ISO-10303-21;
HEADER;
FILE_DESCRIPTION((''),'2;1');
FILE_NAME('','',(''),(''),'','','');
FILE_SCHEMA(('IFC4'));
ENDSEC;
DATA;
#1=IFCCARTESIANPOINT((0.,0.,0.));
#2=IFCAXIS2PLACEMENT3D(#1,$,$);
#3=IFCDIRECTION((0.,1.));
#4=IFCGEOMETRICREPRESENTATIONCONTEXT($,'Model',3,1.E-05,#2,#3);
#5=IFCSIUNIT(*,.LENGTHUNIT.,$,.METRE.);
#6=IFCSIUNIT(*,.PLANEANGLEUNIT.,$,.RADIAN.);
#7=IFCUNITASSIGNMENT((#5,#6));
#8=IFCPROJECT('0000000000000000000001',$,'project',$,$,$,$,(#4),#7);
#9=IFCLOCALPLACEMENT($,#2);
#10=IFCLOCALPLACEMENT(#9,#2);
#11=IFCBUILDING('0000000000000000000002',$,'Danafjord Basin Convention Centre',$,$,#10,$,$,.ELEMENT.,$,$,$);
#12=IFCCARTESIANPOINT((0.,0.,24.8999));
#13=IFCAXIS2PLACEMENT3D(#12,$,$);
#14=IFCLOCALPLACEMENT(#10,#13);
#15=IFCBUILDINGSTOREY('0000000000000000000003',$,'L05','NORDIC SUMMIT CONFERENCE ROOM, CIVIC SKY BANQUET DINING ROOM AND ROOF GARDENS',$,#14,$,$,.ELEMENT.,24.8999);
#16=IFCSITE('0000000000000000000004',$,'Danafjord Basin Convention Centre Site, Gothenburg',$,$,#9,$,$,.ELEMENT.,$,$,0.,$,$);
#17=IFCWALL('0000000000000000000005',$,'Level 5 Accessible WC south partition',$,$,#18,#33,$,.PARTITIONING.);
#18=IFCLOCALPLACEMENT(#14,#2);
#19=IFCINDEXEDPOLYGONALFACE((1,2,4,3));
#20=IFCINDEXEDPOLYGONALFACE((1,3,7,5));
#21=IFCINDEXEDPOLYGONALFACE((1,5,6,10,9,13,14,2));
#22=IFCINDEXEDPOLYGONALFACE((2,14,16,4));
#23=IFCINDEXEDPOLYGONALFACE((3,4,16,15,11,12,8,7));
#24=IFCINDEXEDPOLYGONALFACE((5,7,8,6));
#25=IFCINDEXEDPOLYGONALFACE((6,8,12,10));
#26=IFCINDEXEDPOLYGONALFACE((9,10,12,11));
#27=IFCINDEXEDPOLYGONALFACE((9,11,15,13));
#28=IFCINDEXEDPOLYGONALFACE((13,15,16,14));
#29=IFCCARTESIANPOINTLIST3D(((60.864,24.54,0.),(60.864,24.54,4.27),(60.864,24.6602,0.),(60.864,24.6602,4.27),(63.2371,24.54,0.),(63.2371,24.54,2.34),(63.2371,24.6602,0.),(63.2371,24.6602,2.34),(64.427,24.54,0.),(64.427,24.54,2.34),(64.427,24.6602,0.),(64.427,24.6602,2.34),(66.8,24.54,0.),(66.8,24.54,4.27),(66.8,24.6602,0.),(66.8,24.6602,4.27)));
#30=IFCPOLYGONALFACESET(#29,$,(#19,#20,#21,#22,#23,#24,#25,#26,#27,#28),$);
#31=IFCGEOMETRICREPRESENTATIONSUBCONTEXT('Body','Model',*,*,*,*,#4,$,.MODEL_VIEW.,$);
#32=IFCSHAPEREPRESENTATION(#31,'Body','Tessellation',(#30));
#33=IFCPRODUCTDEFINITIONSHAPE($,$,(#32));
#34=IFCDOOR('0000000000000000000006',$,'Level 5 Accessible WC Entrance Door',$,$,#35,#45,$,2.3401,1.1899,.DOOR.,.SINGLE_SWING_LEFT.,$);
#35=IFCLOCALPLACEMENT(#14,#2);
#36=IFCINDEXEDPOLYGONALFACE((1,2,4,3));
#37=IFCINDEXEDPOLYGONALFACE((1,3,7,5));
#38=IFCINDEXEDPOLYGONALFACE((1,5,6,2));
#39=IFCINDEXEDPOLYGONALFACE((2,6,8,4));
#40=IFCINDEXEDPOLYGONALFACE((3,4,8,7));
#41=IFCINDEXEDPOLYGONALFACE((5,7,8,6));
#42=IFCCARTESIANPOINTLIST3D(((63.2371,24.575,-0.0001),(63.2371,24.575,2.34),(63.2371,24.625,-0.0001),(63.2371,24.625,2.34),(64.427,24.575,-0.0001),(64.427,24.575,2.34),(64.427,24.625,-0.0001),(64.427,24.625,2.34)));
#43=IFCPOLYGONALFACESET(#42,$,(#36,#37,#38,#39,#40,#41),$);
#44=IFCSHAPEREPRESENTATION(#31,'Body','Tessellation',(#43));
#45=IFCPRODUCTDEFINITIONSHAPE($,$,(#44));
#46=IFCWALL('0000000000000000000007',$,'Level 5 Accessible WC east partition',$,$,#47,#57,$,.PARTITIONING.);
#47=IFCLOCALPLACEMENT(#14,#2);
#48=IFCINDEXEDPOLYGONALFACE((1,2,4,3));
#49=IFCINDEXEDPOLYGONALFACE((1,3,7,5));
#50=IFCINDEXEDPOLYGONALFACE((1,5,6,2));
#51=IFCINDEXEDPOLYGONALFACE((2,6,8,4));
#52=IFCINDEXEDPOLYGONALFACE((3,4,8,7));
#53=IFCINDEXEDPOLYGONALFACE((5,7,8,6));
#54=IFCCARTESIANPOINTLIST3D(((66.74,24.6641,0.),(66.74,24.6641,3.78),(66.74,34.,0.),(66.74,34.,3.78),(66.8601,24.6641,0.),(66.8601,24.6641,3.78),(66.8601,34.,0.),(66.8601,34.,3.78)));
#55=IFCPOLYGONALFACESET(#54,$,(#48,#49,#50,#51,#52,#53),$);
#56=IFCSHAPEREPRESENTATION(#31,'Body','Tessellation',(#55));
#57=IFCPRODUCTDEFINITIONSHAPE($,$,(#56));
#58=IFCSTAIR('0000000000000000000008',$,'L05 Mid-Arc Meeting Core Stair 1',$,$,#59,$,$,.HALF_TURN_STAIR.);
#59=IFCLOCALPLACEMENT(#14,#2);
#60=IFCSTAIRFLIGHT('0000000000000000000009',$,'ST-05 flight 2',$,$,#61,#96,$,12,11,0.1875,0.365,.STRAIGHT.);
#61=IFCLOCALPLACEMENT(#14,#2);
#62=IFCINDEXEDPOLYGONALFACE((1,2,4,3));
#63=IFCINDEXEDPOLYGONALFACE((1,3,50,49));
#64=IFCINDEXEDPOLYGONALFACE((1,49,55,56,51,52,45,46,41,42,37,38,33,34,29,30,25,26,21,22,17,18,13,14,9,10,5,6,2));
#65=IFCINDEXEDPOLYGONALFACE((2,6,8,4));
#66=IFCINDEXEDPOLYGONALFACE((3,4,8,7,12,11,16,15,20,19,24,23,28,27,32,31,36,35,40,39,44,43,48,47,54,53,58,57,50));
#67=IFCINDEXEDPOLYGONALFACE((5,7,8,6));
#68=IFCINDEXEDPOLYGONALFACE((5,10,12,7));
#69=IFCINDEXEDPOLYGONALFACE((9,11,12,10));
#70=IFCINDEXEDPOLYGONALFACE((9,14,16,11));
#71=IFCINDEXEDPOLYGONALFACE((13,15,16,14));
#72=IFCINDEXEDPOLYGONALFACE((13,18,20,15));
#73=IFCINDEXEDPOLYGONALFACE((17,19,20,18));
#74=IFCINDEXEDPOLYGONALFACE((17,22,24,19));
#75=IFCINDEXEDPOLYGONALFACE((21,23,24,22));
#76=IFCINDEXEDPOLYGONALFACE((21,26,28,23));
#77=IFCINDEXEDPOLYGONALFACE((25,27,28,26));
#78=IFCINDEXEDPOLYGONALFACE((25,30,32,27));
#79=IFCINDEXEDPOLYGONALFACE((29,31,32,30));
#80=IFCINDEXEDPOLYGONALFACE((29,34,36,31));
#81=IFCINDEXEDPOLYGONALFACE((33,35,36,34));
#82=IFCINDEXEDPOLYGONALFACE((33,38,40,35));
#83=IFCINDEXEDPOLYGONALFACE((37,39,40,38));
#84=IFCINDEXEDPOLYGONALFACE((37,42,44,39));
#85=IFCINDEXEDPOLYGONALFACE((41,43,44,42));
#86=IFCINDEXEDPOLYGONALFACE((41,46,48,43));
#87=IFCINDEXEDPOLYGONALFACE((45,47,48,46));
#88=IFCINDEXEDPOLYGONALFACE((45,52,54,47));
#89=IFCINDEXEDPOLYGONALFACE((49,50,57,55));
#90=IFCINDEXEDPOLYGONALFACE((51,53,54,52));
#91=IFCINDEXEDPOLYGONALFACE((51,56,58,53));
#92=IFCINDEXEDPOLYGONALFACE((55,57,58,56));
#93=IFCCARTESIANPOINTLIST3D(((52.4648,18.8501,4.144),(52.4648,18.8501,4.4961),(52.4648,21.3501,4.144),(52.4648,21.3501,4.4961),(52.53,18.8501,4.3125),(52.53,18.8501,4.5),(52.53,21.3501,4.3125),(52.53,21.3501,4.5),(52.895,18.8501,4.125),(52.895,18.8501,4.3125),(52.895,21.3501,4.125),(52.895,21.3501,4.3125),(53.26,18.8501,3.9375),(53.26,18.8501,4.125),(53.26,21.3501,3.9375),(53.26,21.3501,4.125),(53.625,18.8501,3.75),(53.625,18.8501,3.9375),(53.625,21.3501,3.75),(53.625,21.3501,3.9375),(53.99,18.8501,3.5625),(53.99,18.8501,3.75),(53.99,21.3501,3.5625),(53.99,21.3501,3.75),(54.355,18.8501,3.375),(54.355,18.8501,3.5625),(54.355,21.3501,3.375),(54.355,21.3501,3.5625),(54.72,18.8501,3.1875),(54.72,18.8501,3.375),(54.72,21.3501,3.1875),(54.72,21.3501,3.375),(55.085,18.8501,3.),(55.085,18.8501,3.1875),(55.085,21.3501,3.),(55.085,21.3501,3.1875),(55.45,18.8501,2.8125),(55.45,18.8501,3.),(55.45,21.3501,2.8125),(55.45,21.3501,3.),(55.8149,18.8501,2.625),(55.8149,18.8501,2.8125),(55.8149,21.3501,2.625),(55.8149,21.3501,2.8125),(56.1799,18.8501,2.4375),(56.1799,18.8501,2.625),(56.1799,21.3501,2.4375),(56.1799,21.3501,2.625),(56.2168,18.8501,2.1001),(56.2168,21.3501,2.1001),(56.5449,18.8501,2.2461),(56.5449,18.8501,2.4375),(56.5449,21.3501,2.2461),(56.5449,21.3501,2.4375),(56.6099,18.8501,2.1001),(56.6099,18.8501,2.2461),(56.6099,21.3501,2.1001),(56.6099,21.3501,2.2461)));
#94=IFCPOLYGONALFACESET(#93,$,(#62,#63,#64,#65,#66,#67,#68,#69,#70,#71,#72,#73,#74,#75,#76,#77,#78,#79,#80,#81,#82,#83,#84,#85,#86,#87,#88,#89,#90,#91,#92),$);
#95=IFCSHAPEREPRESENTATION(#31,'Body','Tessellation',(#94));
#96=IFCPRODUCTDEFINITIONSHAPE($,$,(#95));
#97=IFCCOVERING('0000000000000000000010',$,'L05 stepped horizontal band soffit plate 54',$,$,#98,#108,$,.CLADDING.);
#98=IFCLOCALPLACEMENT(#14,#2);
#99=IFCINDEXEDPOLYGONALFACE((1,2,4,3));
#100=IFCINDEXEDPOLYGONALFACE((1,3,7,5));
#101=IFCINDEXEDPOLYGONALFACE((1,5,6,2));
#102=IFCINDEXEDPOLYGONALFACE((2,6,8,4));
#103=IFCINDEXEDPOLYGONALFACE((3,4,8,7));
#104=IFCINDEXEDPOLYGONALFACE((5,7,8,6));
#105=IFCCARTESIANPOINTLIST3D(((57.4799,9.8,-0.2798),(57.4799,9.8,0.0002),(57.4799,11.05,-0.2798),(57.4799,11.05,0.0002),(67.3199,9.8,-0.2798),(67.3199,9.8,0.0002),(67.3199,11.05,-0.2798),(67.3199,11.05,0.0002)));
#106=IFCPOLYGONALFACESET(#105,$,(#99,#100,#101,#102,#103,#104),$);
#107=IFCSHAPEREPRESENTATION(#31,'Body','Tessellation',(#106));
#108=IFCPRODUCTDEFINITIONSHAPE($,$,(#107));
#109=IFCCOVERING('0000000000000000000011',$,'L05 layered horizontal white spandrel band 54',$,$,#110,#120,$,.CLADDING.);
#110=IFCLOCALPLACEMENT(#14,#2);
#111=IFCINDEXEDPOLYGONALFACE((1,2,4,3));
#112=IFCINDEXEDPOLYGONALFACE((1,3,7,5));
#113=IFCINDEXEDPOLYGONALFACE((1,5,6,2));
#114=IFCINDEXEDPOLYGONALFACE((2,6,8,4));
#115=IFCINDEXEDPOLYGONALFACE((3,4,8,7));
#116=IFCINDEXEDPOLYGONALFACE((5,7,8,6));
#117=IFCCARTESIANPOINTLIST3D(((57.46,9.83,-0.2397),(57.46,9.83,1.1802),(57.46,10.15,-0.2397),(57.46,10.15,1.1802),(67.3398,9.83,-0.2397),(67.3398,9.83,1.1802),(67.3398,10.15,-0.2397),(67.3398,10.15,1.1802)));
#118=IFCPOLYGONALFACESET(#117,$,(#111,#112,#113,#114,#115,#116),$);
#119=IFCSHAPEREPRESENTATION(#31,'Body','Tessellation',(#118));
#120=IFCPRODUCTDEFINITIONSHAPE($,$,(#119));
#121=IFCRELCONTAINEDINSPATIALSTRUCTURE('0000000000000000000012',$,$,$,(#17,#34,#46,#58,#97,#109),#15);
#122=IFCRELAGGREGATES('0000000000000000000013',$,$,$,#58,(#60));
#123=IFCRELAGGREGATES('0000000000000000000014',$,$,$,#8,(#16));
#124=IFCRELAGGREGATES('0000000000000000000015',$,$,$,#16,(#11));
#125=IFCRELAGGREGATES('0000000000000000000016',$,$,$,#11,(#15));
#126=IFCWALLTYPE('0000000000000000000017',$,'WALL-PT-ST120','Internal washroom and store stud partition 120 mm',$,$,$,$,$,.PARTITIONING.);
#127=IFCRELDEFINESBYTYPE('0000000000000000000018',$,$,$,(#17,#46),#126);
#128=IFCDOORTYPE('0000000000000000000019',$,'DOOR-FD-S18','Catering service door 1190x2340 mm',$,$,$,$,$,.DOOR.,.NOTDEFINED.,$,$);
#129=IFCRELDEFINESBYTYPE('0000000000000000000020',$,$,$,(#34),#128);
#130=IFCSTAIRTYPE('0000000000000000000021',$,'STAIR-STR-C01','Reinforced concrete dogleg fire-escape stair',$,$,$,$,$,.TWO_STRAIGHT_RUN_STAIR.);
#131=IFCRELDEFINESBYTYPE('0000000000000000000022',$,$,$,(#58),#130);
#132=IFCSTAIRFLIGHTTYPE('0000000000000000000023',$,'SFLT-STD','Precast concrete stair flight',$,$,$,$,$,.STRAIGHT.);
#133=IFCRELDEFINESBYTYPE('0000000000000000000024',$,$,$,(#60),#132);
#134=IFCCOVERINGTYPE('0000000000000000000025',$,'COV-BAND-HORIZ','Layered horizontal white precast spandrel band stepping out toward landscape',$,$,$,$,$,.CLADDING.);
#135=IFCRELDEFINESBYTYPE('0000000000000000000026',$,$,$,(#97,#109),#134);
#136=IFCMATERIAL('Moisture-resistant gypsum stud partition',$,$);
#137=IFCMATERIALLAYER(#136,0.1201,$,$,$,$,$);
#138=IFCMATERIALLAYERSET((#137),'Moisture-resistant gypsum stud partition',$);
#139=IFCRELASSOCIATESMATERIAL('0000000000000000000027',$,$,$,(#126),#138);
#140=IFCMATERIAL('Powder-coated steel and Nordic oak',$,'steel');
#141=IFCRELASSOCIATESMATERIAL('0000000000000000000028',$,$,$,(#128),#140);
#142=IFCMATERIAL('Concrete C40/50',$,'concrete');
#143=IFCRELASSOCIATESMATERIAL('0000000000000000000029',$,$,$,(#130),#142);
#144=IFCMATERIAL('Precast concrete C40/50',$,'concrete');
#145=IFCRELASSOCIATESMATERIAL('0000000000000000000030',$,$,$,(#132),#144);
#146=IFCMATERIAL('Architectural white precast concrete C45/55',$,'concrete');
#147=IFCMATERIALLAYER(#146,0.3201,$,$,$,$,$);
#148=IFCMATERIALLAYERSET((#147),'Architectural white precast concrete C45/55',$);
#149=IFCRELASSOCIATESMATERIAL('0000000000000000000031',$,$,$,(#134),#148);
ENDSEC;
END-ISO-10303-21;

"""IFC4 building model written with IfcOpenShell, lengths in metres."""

from ifc_helpers import new_model, si_unit, direction, frame, frame_2d, origin, origin_2d, place, context, subcontext, project, spatial, polyline, rectangle, outline, extrude, material, layer, layer_set, type_object, element, fill, aggregate, save


model = new_model("IFC4")

# Units and contexts
model_context = context("Model", 3, precision=1e-05, world=origin(), true_north=direction((0.0, 1.0)))
body_context = subcontext(model_context, "Body", "Model", "MODEL_VIEW")
ifc_project = project(units=[si_unit("LENGTHUNIT", "METRE"), si_unit("PLANEANGLEUNIT", "RADIAN")], contexts=[model_context])

# Site, building, storey
site_placement = place(None, origin())
site = spatial("IfcSite", under=ifc_project, at=site_placement, Name="Danafjord Basin Convention Centre Site, Gothenburg", CompositionType="ELEMENT", RefElevation=0.0)
building_placement = place(site_placement, origin())
building = spatial("IfcBuilding", under=site, at=building_placement, Name="Danafjord Basin Convention Centre", CompositionType="ELEMENT")
storey_placement = place(building_placement, frame((0.0, 0.0, 24.8999)))
storey = spatial("IfcBuildingStorey", under=building, at=storey_placement, Name="L05", Description="NORDIC SUMMIT CONFERENCE ROOM, CIVIC SKY BANQUET DINING ROOM AND ROOF GARDENS", CompositionType="ELEMENT", Elevation=24.8999)

# Shared definitions
ifc_material_1 = material(Name="Moisture-resistant gypsum stud partition")
ifc_layer_1 = layer(ifc_material_1, 0.1201)
ifc_layer_set_1 = layer_set([ifc_layer_1], Name="Moisture-resistant gypsum stud partition")
wall_type_1 = type_object("IfcWallType", Name="WALL-PT-ST120", Description="Internal washroom and store stud partition 120 mm", PredefinedType="PARTITIONING", material=ifc_layer_set_1)
ifc_material_2 = material(Name="Powder-coated steel and Nordic oak", Category="steel")

# Wall, opening, door
wall_1_placement = place(storey_placement, frame((60.864, 24.6001, 0.0), z_axis=(0.0, 0.0, 1.0), x_axis=(1.0, 0.0, 0.0)))
wall_1 = element("IfcWall", 1, at=wall_1_placement, inside=storey, type_object=wall_type_1, Name="Level 5 Accessible WC south partition", PredefinedType="PARTITIONING", context=body_context, shape_type="SweptSolid", body=[
    extrude(rectangle(XDim=5.936, YDim=0.1201, at=frame_2d((2.968, 0.0))), origin(), (0.0, 0.0, 1.0), 4.27),
])
opening_1_placement = place(wall_1_placement, frame((2.373, 0.0, 0.0)))
opening_1 = element("IfcOpeningElement", 2, at=opening_1_placement, cuts=wall_1, PredefinedType="OPENING", context=body_context, shape_type="SweptSolid", body=[
    extrude(rectangle(XDim=1.1899, YDim=2.3401, at=frame_2d((0.595, 1.1699))), frame((0.0, 0.0701, 0.0), z_axis=(0.0, -1.0, 0.0), x_axis=(1.0, 0.0, 0.0)), (0.0, 0.0, 1.0), 0.1401),
])
door_type_1 = type_object("IfcDoorType", Name="DOOR-FD-S18", Description="Catering service door 1190x2340 mm", OperationType="NOTDEFINED", PredefinedType="DOOR", material=ifc_material_2)
door_1_placement = place(opening_1_placement, origin())
door_1 = element("IfcDoor", 3, at=door_1_placement, inside=storey, type_object=door_type_1, Name="Level 5 Accessible WC Entrance Door", OperationType="SINGLE_SWING_LEFT", OverallHeight=2.3401, OverallWidth=1.1899, PredefinedType="DOOR", context=body_context, shape_type="SweptSolid", body=[
    extrude(rectangle(XDim=1.1899, YDim=2.3401, at=frame_2d((0.595, 1.1699))), frame((0.0, 0.0249, 0.0), z_axis=(0.0, -1.0, 0.0), x_axis=(1.0, 0.0, 0.0)), (0.0, 0.0, 1.0), 0.05),
])
fill(opening_1, door_1)

# Wall
wall_2_placement = place(storey_placement, frame((66.8, 24.6641, 0.0), z_axis=(0.0, 0.0, 1.0), x_axis=(0.0, 1.0, 0.0)))
element("IfcWall", 4, at=wall_2_placement, inside=storey, type_object=wall_type_1, Name="Level 5 Accessible WC east partition", PredefinedType="PARTITIONING", context=body_context, shape_type="SweptSolid", body=[
    extrude(rectangle(XDim=9.3359, YDim=0.1201, at=frame_2d((4.668, 0.0))), origin(), (0.0, 0.0, 1.0), 3.78),
])

# Stair, stair flight
ifc_material_3 = material(Name="Concrete C40/50", Category="concrete")
stair_type = type_object("IfcStairType", Name="STAIR-STR-C01", Description="Reinforced concrete dogleg fire-escape stair", PredefinedType="TWO_STRAIGHT_RUN_STAIR", material=ifc_material_3)
stair_placement = place(storey_placement, origin())
stair = element("IfcStair", 5, at=stair_placement, inside=storey, type_object=stair_type, Name="L05 Mid-Arc Meeting Core Stair 1", PredefinedType="HALF_TURN_STAIR")
ifc_material_4 = material(Name="Precast concrete C40/50", Category="concrete")
stair_flight_type = type_object("IfcStairFlightType", Name="SFLT-STD", Description="Precast concrete stair flight", PredefinedType="STRAIGHT", material=ifc_material_4)
stair_flight_placement = place(storey_placement, frame((56.5449, 20.1001, 2.25), z_axis=(0.0, 0.0, 1.0), x_axis=(-1.0, 0.0, 0.0)))
stair_flight = element("IfcStairFlight", 6, at=stair_flight_placement, type_object=stair_flight_type, Name="ST-05 flight 2", NumberOfRisers=12, NumberOfTreads=11, PredefinedType="STRAIGHT", RiserHeight=0.1875, TreadLength=0.365, context=body_context, shape_type="SweptSolid", body=[
    extrude(outline(polyline([(-0.0649, -0.1499), (-0.0649, -0.0039), (0.0, -0.0039), (0.0, 0.1875), (0.365, 0.1875), (0.365, 0.375), (0.73, 0.375), (0.73, 0.5625), (1.095, 0.5625), (1.095, 0.75), (1.46, 0.75), (1.46, 0.9375), (1.825, 0.9375), (1.825, 1.125), (2.1899, 1.125), (2.1899, 1.3125), (2.5549, 1.3125), (2.5549, 1.5), (2.9199, 1.5), (2.9199, 1.6875), (3.2849, 1.6875), (3.2849, 1.875), (3.6499, 1.875), (3.6499, 2.0625), (4.0149, 2.0625), (4.0149, 2.25), (4.0801, 2.2461), (4.0801, 1.894), (0.3281, -0.1499), (-0.0649, -0.1499)])), frame((0.0, 1.25, 0.0), z_axis=(0.0, -1.0, 0.0), x_axis=(1.0, 0.0, 0.0)), (0.0, 0.0, 1.0), 2.5),
])
aggregate(stair, [stair_flight])

# Coverings
ifc_material_5 = material(Name="Architectural white precast concrete C45/55", Category="concrete")
ifc_layer_2 = layer(ifc_material_5, 0.3201)
ifc_layer_set_2 = layer_set([ifc_layer_2], Name="Architectural white precast concrete C45/55")
covering_type = type_object("IfcCoveringType", Name="COV-BAND-HORIZ", Description="Layered horizontal white precast spandrel band stepping out toward landscape", PredefinedType="CLADDING", material=ifc_layer_set_2)
covering_1_placement = place(storey_placement, frame((62.3999, 10.425, -0.2798), z_axis=(0.0, 0.0, 1.0), x_axis=(1.0, 0.0, 0.0)))
element("IfcCovering", 7, at=covering_1_placement, inside=storey, type_object=covering_type, Name="L05 stepped horizontal band soffit plate 54", PredefinedType="CLADDING", context=body_context, shape_type="SweptSolid", body=[
    extrude(rectangle(XDim=9.8401, YDim=1.25, at=origin_2d()), origin(), (0.0, 0.0, 1.0), 0.28),
])
covering_2_placement = place(storey_placement, frame((62.3999, 9.99, -0.2397), z_axis=(0.0, 0.0, 1.0), x_axis=(1.0, 0.0, 0.0)))
element("IfcCovering", 8, at=covering_2_placement, inside=storey, type_object=covering_type, Name="L05 layered horizontal white spandrel band 54", PredefinedType="CLADDING", context=body_context, shape_type="SweptSolid", body=[
    extrude(rectangle(XDim=9.8799, YDim=0.3201, at=origin_2d()), origin(), (0.0, 0.0, 1.0), 1.4199),
])

save(model, "model.ifc")
